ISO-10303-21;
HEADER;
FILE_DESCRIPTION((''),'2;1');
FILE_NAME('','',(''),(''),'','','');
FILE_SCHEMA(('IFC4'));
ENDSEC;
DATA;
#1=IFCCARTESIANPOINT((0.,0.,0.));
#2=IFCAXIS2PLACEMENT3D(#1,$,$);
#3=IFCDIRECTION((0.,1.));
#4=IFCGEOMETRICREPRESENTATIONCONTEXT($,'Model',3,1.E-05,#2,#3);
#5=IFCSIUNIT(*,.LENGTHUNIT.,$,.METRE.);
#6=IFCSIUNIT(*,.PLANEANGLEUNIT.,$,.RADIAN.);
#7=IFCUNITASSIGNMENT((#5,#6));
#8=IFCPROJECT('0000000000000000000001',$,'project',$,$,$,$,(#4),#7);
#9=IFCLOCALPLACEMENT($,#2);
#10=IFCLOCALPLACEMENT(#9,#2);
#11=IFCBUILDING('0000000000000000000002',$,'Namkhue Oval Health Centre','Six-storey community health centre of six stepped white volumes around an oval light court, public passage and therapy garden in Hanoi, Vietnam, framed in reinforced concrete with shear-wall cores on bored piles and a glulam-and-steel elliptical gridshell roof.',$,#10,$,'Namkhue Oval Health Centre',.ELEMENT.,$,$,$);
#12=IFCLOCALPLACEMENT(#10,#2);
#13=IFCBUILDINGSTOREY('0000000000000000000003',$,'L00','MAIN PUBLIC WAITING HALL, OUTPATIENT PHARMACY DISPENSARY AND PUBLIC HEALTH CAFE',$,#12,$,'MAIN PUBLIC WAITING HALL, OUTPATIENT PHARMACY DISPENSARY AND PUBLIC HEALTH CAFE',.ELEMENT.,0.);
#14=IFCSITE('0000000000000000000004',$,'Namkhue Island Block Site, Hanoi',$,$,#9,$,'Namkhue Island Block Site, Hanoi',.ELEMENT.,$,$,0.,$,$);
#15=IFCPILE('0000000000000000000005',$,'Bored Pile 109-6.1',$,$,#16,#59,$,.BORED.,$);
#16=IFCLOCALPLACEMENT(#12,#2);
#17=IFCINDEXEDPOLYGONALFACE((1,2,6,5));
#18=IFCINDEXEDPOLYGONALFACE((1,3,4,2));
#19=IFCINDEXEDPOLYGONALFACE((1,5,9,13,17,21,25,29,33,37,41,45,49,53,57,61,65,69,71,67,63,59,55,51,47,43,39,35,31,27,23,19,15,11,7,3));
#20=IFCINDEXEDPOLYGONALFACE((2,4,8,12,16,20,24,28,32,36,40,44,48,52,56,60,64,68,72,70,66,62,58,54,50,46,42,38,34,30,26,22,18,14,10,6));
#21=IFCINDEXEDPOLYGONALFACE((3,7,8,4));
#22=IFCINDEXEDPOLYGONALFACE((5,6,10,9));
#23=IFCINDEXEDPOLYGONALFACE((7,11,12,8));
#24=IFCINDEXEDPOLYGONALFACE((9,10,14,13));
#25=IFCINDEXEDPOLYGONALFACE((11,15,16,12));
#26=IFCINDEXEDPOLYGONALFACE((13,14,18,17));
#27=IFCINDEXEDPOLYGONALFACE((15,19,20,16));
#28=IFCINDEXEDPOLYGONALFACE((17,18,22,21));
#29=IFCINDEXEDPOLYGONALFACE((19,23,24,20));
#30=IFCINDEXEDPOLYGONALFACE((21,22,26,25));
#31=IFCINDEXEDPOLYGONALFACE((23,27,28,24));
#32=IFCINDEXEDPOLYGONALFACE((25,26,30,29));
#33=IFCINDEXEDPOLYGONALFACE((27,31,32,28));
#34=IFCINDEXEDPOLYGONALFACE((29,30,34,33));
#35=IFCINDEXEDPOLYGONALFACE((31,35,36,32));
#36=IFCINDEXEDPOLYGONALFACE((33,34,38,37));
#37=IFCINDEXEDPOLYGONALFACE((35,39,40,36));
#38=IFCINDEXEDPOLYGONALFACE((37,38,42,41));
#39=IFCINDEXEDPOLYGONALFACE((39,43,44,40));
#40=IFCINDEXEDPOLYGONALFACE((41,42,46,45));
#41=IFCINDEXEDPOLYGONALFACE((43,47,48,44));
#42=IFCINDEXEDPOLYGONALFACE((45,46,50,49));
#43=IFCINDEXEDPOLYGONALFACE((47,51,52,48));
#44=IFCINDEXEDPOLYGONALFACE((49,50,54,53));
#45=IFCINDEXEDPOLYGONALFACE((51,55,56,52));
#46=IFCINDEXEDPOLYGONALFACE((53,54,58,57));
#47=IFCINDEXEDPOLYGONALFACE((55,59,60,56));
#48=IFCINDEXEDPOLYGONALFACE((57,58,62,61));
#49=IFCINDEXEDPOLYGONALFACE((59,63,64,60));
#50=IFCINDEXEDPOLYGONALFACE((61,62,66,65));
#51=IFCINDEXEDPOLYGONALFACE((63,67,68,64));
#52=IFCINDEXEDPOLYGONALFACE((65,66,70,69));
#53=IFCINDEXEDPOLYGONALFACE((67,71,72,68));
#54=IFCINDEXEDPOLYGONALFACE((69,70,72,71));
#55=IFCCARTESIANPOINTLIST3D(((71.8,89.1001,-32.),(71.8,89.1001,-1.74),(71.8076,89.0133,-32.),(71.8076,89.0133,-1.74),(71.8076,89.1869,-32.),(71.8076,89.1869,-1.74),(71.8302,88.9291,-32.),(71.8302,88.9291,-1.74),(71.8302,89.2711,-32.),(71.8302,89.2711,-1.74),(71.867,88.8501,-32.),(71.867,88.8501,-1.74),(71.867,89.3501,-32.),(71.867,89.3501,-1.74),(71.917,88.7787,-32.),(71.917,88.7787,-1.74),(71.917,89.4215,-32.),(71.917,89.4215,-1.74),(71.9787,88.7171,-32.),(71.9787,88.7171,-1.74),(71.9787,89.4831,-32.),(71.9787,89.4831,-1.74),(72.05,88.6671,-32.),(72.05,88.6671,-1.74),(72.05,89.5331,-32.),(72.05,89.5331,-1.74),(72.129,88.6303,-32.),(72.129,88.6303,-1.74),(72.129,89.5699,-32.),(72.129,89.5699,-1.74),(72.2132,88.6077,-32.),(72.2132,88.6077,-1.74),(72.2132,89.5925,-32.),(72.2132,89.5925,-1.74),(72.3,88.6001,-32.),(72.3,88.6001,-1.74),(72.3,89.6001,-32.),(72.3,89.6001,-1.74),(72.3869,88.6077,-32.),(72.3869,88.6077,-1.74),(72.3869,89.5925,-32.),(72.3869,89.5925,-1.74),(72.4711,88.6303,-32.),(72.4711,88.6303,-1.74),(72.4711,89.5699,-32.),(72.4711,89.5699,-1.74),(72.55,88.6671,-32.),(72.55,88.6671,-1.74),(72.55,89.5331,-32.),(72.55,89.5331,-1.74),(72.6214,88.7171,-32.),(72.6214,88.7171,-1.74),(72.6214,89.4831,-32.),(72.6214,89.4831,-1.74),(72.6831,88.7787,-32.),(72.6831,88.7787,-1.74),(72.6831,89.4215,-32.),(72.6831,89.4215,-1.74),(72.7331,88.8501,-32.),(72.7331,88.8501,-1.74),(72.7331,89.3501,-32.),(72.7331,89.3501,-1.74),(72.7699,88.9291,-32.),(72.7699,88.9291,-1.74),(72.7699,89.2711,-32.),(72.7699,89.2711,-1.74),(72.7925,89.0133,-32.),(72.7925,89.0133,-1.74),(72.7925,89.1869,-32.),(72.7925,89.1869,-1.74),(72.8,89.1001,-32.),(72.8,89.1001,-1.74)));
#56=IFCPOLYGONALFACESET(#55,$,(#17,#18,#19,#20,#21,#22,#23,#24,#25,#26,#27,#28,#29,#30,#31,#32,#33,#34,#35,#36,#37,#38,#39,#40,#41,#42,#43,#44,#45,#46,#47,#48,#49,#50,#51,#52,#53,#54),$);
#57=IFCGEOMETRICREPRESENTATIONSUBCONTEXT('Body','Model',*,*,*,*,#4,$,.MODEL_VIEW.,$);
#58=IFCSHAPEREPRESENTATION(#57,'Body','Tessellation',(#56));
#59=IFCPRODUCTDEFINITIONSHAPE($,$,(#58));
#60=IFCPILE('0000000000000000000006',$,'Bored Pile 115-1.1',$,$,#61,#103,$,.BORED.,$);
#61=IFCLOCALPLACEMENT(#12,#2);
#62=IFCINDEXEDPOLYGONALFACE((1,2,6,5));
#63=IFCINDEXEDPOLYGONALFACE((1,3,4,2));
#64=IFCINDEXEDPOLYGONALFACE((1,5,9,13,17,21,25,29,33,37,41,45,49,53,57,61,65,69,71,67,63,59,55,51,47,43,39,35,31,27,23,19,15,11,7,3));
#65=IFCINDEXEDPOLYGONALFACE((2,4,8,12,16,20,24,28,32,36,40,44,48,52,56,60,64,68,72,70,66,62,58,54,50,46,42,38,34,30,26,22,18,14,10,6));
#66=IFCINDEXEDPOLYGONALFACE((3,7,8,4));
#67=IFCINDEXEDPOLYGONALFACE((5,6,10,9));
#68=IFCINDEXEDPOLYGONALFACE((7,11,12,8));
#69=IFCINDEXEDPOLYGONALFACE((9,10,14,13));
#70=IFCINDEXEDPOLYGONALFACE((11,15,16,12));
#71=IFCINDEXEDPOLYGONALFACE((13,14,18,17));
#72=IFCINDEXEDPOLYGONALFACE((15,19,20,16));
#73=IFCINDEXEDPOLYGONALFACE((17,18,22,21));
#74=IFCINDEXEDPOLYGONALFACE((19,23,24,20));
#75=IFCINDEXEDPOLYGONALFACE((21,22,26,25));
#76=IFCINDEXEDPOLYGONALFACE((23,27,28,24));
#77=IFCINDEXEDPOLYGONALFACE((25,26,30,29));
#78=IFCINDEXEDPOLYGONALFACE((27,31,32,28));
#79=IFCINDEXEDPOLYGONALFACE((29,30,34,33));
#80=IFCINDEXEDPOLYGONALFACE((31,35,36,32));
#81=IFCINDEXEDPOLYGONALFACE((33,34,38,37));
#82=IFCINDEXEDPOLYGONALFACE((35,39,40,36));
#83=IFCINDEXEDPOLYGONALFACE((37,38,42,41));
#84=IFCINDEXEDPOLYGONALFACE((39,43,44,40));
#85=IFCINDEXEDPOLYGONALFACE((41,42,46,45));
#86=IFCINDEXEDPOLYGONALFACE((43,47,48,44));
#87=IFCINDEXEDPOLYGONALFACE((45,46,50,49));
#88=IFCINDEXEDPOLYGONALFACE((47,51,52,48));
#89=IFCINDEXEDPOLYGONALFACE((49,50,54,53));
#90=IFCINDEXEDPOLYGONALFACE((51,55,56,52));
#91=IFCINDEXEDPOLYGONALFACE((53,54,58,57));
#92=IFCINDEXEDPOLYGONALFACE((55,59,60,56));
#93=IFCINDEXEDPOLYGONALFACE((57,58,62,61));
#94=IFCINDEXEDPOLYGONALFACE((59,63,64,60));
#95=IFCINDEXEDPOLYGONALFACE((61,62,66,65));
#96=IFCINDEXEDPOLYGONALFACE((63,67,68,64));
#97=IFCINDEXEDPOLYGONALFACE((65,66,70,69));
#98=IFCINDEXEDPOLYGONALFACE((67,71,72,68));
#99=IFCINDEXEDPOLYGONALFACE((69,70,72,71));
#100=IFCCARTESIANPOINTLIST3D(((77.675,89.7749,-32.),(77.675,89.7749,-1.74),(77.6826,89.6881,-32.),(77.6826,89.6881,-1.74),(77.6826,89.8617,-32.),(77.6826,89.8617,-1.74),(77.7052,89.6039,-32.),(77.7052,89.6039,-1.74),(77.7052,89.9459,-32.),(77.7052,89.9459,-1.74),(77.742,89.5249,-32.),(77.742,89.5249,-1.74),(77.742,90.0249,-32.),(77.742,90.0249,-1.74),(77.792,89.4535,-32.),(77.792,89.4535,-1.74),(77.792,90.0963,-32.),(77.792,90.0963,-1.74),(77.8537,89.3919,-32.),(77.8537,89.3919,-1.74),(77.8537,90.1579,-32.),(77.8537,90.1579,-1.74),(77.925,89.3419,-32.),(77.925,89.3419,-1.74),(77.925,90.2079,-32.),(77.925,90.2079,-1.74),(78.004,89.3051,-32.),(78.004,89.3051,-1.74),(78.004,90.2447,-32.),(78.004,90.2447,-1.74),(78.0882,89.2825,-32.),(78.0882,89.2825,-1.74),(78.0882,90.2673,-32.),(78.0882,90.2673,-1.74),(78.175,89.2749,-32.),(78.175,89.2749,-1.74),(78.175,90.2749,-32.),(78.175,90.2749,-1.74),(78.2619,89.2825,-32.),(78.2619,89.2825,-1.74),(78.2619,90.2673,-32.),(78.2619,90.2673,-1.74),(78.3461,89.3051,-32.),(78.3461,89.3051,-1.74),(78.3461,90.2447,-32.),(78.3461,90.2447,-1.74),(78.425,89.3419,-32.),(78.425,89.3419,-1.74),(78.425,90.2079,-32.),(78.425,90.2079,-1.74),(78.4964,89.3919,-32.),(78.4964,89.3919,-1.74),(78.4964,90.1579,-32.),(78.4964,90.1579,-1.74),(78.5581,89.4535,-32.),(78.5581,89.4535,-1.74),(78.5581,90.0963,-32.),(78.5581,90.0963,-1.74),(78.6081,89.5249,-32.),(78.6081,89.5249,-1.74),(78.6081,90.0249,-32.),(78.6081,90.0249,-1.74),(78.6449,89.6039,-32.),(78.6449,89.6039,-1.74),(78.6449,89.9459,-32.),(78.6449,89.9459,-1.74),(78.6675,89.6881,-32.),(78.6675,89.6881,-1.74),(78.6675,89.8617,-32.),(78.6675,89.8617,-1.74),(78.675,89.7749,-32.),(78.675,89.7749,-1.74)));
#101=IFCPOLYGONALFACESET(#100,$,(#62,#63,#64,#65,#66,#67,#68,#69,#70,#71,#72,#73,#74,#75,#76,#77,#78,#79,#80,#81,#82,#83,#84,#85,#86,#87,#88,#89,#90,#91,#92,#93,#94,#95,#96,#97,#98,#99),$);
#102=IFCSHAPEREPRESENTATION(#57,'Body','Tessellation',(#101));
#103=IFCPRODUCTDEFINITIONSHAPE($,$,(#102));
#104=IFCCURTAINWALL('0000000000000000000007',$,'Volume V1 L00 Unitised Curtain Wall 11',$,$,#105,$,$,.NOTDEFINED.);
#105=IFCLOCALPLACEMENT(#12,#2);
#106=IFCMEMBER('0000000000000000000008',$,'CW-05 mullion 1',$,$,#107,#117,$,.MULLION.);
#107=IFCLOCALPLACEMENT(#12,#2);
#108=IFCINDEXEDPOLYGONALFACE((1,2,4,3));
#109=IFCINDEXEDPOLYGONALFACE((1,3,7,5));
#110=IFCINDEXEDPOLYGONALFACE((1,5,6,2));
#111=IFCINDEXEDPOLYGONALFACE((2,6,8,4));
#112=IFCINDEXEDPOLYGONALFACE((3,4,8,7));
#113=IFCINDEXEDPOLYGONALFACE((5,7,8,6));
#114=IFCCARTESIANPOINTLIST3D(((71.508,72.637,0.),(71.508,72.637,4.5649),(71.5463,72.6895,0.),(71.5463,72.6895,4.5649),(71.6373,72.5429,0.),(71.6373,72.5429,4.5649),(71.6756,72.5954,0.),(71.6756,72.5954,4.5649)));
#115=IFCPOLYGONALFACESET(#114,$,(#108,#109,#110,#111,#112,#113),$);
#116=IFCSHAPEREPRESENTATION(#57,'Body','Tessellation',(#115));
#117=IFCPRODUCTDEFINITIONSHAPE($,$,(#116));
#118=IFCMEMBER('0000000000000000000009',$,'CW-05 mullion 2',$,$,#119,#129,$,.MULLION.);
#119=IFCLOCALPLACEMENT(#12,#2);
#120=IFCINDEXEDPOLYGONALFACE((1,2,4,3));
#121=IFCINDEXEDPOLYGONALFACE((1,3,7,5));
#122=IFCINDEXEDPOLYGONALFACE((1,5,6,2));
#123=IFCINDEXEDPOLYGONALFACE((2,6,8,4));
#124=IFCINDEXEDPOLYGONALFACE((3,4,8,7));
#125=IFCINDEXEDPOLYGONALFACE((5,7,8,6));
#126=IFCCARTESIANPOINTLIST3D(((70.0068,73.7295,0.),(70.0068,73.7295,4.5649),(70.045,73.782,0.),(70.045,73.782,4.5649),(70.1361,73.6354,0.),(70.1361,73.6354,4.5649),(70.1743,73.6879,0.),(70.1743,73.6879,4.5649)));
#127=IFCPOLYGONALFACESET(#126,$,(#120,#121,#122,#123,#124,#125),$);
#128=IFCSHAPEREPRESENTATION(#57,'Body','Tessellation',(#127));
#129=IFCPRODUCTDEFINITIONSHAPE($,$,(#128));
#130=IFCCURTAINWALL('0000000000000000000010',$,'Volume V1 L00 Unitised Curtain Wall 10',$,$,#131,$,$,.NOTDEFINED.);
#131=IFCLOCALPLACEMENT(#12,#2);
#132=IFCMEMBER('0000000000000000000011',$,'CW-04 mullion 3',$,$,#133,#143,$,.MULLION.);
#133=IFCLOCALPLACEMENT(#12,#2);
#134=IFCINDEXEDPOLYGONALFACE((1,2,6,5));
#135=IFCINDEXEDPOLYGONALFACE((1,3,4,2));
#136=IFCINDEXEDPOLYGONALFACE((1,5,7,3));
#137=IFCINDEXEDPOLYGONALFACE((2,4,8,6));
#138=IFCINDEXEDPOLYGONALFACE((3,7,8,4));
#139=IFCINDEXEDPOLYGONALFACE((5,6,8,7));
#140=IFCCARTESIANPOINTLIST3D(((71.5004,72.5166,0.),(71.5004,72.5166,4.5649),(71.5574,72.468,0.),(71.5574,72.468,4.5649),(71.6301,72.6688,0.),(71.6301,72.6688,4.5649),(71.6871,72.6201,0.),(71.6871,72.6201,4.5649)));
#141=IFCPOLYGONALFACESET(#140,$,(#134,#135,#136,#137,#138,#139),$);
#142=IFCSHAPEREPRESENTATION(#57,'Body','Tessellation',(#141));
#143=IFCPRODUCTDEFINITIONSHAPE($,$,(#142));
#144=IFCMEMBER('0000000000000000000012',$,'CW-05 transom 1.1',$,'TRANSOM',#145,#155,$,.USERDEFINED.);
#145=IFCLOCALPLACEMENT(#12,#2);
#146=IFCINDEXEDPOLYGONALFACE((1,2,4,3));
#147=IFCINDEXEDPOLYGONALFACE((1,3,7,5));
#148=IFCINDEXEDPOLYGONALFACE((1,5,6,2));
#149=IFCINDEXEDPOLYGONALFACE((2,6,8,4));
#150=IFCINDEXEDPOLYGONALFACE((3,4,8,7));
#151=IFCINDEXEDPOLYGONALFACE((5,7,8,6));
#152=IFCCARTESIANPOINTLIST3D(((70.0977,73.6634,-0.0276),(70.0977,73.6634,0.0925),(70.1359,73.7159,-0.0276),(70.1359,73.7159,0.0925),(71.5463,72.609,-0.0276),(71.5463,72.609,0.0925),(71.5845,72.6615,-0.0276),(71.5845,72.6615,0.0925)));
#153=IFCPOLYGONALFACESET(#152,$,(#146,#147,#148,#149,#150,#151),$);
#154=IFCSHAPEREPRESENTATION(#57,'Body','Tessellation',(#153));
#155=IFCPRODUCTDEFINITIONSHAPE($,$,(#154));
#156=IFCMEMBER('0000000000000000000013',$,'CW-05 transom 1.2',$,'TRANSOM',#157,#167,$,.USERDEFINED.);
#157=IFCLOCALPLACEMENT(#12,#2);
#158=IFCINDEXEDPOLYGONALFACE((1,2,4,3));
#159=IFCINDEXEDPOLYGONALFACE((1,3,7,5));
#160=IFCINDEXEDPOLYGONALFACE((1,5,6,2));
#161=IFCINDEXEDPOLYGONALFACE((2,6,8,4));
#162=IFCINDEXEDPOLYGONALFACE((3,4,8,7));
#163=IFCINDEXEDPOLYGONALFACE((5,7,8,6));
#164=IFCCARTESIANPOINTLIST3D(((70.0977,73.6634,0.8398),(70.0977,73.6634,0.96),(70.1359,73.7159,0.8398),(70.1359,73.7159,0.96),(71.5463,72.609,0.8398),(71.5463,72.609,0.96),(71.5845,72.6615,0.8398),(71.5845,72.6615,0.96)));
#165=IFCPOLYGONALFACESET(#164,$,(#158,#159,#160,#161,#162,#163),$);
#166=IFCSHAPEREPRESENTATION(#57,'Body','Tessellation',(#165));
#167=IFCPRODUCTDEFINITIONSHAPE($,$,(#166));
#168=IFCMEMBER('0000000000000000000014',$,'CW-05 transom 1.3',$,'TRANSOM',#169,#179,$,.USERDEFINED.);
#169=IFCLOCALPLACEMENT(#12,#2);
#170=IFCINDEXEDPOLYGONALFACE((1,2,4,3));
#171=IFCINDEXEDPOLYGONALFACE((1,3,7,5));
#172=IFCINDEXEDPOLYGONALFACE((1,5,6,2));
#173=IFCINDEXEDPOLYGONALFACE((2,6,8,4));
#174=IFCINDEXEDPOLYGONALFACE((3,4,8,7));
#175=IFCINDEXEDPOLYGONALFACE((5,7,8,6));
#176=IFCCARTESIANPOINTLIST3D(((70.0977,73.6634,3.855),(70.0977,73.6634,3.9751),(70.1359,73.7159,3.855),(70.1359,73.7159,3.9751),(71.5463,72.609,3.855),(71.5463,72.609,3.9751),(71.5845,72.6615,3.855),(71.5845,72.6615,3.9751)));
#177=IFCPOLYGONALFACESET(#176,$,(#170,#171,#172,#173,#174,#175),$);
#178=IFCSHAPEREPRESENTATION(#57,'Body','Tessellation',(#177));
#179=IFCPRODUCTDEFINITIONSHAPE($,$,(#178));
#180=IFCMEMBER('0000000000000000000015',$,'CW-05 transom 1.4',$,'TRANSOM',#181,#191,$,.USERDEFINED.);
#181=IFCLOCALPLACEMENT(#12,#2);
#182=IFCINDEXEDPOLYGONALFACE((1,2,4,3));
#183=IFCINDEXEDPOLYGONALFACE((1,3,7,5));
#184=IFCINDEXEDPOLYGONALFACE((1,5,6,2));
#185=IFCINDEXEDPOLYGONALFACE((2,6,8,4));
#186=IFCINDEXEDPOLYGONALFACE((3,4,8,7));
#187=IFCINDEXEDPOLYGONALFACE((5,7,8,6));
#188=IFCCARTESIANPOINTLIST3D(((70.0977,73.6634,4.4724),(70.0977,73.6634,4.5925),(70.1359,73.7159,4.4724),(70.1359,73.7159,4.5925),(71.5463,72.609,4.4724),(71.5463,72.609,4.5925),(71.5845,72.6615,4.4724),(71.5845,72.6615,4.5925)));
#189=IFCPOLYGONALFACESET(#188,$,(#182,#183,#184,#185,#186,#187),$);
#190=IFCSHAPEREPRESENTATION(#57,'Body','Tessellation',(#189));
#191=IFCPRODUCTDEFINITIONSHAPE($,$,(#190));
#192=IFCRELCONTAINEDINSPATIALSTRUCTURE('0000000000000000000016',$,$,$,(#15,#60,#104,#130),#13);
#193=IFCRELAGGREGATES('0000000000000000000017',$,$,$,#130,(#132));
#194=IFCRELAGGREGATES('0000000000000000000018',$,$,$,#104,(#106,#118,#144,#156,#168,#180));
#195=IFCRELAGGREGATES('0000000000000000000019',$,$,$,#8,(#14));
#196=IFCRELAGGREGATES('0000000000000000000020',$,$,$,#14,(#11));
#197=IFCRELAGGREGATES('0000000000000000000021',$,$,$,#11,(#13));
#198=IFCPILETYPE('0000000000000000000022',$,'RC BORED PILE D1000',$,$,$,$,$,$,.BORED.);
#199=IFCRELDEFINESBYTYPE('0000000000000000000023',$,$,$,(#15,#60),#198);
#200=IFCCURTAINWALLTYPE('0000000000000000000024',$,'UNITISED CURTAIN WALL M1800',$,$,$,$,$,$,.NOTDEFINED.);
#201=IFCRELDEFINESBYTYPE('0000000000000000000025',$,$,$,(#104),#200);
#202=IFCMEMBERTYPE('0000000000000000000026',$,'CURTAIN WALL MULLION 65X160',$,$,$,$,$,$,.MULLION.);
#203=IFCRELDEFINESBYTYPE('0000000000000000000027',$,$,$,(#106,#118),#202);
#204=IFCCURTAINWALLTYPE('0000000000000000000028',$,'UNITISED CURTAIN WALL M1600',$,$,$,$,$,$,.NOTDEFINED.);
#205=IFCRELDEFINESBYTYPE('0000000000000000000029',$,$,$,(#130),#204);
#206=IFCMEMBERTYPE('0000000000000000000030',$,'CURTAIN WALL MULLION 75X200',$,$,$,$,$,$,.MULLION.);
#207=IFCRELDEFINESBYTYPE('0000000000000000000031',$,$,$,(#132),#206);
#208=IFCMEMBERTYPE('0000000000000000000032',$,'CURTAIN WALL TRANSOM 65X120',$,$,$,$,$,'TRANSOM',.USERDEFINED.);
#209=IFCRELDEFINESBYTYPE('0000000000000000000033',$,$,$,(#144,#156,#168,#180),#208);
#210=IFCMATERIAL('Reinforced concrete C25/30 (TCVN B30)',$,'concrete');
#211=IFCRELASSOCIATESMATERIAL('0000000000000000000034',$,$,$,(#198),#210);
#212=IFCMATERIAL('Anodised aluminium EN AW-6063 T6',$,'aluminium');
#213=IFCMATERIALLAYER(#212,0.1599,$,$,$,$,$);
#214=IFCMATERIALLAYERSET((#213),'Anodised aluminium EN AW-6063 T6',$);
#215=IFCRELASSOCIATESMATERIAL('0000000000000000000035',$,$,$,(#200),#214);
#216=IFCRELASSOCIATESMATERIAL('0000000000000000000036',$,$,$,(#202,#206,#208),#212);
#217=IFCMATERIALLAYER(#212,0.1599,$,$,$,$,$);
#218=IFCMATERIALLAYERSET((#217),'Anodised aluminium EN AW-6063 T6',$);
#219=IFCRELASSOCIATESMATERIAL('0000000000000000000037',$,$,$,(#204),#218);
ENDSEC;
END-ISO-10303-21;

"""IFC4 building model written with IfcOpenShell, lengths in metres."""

from ifc_helpers import new_model, si_unit, direction, frame, origin, origin_2d, place, context, subcontext, project, spatial, rectangle, circle, extrude, material, layer, layer_set, material_profile, profile_set, type_object, element, aggregate, save


model = new_model("IFC4")

# Units and contexts
model_context = context("Model", 3, precision=1e-05, world=origin(), true_north=direction((0.0, 1.0)))
body_context = subcontext(model_context, "Body", "Model", "MODEL_VIEW")
ifc_project = project(units=[si_unit("LENGTHUNIT", "METRE"), si_unit("PLANEANGLEUNIT", "RADIAN")], contexts=[model_context])

# Site, building, storey
site_placement = place(None, origin())
site = spatial("IfcSite", under=ifc_project, at=site_placement, Name="Namkhue Island Block Site, Hanoi", LongName="Namkhue Island Block Site, Hanoi", CompositionType="ELEMENT", RefElevation=0.0)
building_placement = place(site_placement, origin())
building = spatial("IfcBuilding", under=site, at=building_placement, Name="Namkhue Oval Health Centre", Description="Six-storey community health centre of six stepped white volumes around an oval light court, public passage and therapy garden in Hanoi, Vietnam, framed in reinforced concrete with shear-wall cores on bored piles and a glulam-and-steel elliptical gridshell roof.", LongName="Namkhue Oval Health Centre", CompositionType="ELEMENT")
storey_placement = place(building_placement, origin())
storey = spatial("IfcBuildingStorey", under=building, at=storey_placement, Name="L00", Description="MAIN PUBLIC WAITING HALL, OUTPATIENT PHARMACY DISPENSARY AND PUBLIC HEALTH CAFE", LongName="MAIN PUBLIC WAITING HALL, OUTPATIENT PHARMACY DISPENSARY AND PUBLIC HEALTH CAFE", CompositionType="ELEMENT", Elevation=0.0)

# Piles
ifc_material_1 = material(Name="Reinforced concrete C25/30 (TCVN B30)", Category="concrete")
ifc_material_profile_1 = material_profile(ifc_material_1, circle(Radius=0.5, at=origin_2d()), Name="BORED PILE D1000")
ifc_profile_set_1 = profile_set([ifc_material_profile_1], Name="Reinforced concrete C25/30 (TCVN B30)")
pile_type = type_object("IfcPileType", Name="RC BORED PILE D1000", PredefinedType="BORED", material=ifc_profile_set_1)
for number, where, z_axis, x_axis, name in (
    (1, (72.3, 89.1001, -1.74), (0.0, 0.0, -1.0), (1.0, 0.0, 0.0), "Bored Pile 109-6.1"),
    (2, (78.175, 89.7749, -1.74), (0.0, 0.0, -1.0), (1.0, 0.0, 0.0), "Bored Pile 115-1.1"),
):
    element("IfcPile", number, at=place(storey_placement, frame(where, z_axis=z_axis, x_axis=x_axis)), inside=storey, type_object=pile_type, Name=name, PredefinedType="BORED", context=body_context, shape_type="SweptSolid", body=[
        extrude(circle(Radius=0.5, at=origin_2d()), origin(), (0.0, 0.0, 1.0), 30.26),
    ])

# Curtain wall, members
ifc_material_2 = material(Name="Anodised aluminium EN AW-6063 T6", Category="aluminium")
ifc_layer_1 = layer(ifc_material_2, 0.1599)
ifc_layer_set_1 = layer_set([ifc_layer_1], Name="Anodised aluminium EN AW-6063 T6")
curtain_wall_type_1 = type_object("IfcCurtainWallType", Name="UNITISED CURTAIN WALL M1800", PredefinedType="NOTDEFINED", material=ifc_layer_set_1)
curtain_wall_1_placement = place(storey_placement, origin())
curtain_wall_1 = element("IfcCurtainWall", 3, at=curtain_wall_1_placement, inside=storey, type_object=curtain_wall_type_1, Name="Volume V1 L00 Unitised Curtain Wall 11", PredefinedType="NOTDEFINED")
ifc_material_profile_2 = material_profile(ifc_material_2, rectangle(XDim=0.0649, YDim=0.1599, at=origin_2d()), Name="ALU 65x160")
ifc_profile_set_2 = profile_set([ifc_material_profile_2], Name="Anodised aluminium EN AW-6063 T6")
member_type_1 = type_object("IfcMemberType", Name="CURTAIN WALL MULLION 65X160", PredefinedType="MULLION", material=ifc_profile_set_2)
member_1_placement = place(storey_placement, frame((71.5918, 72.6162, 0.0), z_axis=(0.0, 0.0, 1.0), x_axis=(-0.588477, -0.808514, 0.0)))
member_1 = element("IfcMember", 4, at=member_1_placement, type_object=member_type_1, Name="CW-05 mullion 1", PredefinedType="MULLION", context=body_context, shape_type="SweptSolid", body=[
    extrude(rectangle(XDim=0.0649, YDim=0.1599, at=origin_2d()), origin(), (0.0, 0.0, 1.0), 4.5649),
])
member_2_placement = place(storey_placement, frame((70.0906, 73.7087, 0.0), z_axis=(0.0, 0.0, 1.0), x_axis=(-0.588477, -0.808514, 0.0)))
member_2 = element("IfcMember", 5, at=member_2_placement, type_object=member_type_1, Name="CW-05 mullion 2", PredefinedType="MULLION", context=body_context, shape_type="SweptSolid", body=[
    extrude(rectangle(XDim=0.0649, YDim=0.1599, at=origin_2d()), origin(), (0.0, 0.0, 1.0), 4.5649),
])

# Curtain wall, member
ifc_layer_2 = layer(ifc_material_2, 0.1599)
ifc_layer_set_2 = layer_set([ifc_layer_2], Name="Anodised aluminium EN AW-6063 T6")
curtain_wall_type_2 = type_object("IfcCurtainWallType", Name="UNITISED CURTAIN WALL M1600", PredefinedType="NOTDEFINED", material=ifc_layer_set_2)
curtain_wall_2_placement = place(storey_placement, origin())
curtain_wall_2 = element("IfcCurtainWall", 6, at=curtain_wall_2_placement, inside=storey, type_object=curtain_wall_type_2, Name="Volume V1 L00 Unitised Curtain Wall 10", PredefinedType="NOTDEFINED")
ifc_material_profile_3 = material_profile(ifc_material_2, rectangle(XDim=0.075, YDim=0.2, at=origin_2d()), Name="ALU 75x200")
ifc_profile_set_3 = profile_set([ifc_material_profile_3], Name="Anodised aluminium EN AW-6063 T6")
member_type_2 = type_object("IfcMemberType", Name="CURTAIN WALL MULLION 75X200", PredefinedType="MULLION", material=ifc_profile_set_3)
member_3_placement = place(storey_placement, frame((71.5938, 72.5684, 0.0), z_axis=(0.0, 0.0, 1.0), x_axis=(-0.761005, 0.648746, 0.0)))
member_3 = element("IfcMember", 7, at=member_3_placement, type_object=member_type_2, Name="CW-04 mullion 3", PredefinedType="MULLION", context=body_context, shape_type="SweptSolid", body=[
    extrude(rectangle(XDim=0.075, YDim=0.2, at=origin_2d()), origin(), (0.0, 0.0, 1.0), 4.5649),
])

# Members
ifc_material_profile_4 = material_profile(ifc_material_2, rectangle(XDim=0.0649, YDim=0.1201, at=origin_2d()), Name="ALU 65x120")
ifc_profile_set_4 = profile_set([ifc_material_profile_4], Name="Anodised aluminium EN AW-6063 T6")
member_type_3 = type_object("IfcMemberType", Name="CURTAIN WALL TRANSOM 65X120", ElementType="TRANSOM", PredefinedType="USERDEFINED", material=ifc_profile_set_4)
member_4_placement = place(storey_placement, frame((71.5654, 72.6353, 0.0325), z_axis=(-0.808518, 0.588471, 0.0), x_axis=(-0.588471, -0.808518, 0.0)))
member_4 = element("IfcMember", 8, at=member_4_placement, type_object=member_type_3, Name="CW-05 transom 1.1", ObjectType="TRANSOM", PredefinedType="USERDEFINED", context=body_context, shape_type="SweptSolid", body=[
    extrude(rectangle(XDim=0.0649, YDim=0.1201, at=origin_2d()), origin(), (0.0, 0.0, 1.0), 1.7917),
])
member_5_placement = place(storey_placement, frame((71.5654, 72.6353, 0.8999), z_axis=(-0.808518, 0.588471, 0.0), x_axis=(-0.588471, -0.808518, 0.0)))
member_5 = element("IfcMember", 9, at=member_5_placement, type_object=member_type_3, Name="CW-05 transom 1.2", ObjectType="TRANSOM", PredefinedType="USERDEFINED", context=body_context, shape_type="SweptSolid", body=[
    extrude(rectangle(XDim=0.0649, YDim=0.1201, at=origin_2d()), origin(), (0.0, 0.0, 1.0), 1.7917),
])
member_6_placement = place(storey_placement, frame((71.5654, 72.6353, 3.915), z_axis=(-0.808518, 0.588471, 0.0), x_axis=(-0.588471, -0.808518, 0.0)))
member_6 = element("IfcMember", 10, at=member_6_placement, type_object=member_type_3, Name="CW-05 transom 1.3", ObjectType="TRANSOM", PredefinedType="USERDEFINED", context=body_context, shape_type="SweptSolid", body=[
    extrude(rectangle(XDim=0.0649, YDim=0.1201, at=origin_2d()), origin(), (0.0, 0.0, 1.0), 1.7917),
])
member_7_placement = place(storey_placement, frame((71.5654, 72.6353, 4.5325), z_axis=(-0.808518, 0.588471, 0.0), x_axis=(-0.588471, -0.808518, 0.0)))
member_7 = element("IfcMember", 11, at=member_7_placement, type_object=member_type_3, Name="CW-05 transom 1.4", ObjectType="TRANSOM", PredefinedType="USERDEFINED", context=body_context, shape_type="SweptSolid", body=[
    extrude(rectangle(XDim=0.0649, YDim=0.1201, at=origin_2d()), origin(), (0.0, 0.0, 1.0), 1.7917),
])

aggregate(curtain_wall_2, [member_3])
aggregate(curtain_wall_1, [member_1, member_2, member_4, member_5, member_6, member_7])

save(model, "model.ifc")
